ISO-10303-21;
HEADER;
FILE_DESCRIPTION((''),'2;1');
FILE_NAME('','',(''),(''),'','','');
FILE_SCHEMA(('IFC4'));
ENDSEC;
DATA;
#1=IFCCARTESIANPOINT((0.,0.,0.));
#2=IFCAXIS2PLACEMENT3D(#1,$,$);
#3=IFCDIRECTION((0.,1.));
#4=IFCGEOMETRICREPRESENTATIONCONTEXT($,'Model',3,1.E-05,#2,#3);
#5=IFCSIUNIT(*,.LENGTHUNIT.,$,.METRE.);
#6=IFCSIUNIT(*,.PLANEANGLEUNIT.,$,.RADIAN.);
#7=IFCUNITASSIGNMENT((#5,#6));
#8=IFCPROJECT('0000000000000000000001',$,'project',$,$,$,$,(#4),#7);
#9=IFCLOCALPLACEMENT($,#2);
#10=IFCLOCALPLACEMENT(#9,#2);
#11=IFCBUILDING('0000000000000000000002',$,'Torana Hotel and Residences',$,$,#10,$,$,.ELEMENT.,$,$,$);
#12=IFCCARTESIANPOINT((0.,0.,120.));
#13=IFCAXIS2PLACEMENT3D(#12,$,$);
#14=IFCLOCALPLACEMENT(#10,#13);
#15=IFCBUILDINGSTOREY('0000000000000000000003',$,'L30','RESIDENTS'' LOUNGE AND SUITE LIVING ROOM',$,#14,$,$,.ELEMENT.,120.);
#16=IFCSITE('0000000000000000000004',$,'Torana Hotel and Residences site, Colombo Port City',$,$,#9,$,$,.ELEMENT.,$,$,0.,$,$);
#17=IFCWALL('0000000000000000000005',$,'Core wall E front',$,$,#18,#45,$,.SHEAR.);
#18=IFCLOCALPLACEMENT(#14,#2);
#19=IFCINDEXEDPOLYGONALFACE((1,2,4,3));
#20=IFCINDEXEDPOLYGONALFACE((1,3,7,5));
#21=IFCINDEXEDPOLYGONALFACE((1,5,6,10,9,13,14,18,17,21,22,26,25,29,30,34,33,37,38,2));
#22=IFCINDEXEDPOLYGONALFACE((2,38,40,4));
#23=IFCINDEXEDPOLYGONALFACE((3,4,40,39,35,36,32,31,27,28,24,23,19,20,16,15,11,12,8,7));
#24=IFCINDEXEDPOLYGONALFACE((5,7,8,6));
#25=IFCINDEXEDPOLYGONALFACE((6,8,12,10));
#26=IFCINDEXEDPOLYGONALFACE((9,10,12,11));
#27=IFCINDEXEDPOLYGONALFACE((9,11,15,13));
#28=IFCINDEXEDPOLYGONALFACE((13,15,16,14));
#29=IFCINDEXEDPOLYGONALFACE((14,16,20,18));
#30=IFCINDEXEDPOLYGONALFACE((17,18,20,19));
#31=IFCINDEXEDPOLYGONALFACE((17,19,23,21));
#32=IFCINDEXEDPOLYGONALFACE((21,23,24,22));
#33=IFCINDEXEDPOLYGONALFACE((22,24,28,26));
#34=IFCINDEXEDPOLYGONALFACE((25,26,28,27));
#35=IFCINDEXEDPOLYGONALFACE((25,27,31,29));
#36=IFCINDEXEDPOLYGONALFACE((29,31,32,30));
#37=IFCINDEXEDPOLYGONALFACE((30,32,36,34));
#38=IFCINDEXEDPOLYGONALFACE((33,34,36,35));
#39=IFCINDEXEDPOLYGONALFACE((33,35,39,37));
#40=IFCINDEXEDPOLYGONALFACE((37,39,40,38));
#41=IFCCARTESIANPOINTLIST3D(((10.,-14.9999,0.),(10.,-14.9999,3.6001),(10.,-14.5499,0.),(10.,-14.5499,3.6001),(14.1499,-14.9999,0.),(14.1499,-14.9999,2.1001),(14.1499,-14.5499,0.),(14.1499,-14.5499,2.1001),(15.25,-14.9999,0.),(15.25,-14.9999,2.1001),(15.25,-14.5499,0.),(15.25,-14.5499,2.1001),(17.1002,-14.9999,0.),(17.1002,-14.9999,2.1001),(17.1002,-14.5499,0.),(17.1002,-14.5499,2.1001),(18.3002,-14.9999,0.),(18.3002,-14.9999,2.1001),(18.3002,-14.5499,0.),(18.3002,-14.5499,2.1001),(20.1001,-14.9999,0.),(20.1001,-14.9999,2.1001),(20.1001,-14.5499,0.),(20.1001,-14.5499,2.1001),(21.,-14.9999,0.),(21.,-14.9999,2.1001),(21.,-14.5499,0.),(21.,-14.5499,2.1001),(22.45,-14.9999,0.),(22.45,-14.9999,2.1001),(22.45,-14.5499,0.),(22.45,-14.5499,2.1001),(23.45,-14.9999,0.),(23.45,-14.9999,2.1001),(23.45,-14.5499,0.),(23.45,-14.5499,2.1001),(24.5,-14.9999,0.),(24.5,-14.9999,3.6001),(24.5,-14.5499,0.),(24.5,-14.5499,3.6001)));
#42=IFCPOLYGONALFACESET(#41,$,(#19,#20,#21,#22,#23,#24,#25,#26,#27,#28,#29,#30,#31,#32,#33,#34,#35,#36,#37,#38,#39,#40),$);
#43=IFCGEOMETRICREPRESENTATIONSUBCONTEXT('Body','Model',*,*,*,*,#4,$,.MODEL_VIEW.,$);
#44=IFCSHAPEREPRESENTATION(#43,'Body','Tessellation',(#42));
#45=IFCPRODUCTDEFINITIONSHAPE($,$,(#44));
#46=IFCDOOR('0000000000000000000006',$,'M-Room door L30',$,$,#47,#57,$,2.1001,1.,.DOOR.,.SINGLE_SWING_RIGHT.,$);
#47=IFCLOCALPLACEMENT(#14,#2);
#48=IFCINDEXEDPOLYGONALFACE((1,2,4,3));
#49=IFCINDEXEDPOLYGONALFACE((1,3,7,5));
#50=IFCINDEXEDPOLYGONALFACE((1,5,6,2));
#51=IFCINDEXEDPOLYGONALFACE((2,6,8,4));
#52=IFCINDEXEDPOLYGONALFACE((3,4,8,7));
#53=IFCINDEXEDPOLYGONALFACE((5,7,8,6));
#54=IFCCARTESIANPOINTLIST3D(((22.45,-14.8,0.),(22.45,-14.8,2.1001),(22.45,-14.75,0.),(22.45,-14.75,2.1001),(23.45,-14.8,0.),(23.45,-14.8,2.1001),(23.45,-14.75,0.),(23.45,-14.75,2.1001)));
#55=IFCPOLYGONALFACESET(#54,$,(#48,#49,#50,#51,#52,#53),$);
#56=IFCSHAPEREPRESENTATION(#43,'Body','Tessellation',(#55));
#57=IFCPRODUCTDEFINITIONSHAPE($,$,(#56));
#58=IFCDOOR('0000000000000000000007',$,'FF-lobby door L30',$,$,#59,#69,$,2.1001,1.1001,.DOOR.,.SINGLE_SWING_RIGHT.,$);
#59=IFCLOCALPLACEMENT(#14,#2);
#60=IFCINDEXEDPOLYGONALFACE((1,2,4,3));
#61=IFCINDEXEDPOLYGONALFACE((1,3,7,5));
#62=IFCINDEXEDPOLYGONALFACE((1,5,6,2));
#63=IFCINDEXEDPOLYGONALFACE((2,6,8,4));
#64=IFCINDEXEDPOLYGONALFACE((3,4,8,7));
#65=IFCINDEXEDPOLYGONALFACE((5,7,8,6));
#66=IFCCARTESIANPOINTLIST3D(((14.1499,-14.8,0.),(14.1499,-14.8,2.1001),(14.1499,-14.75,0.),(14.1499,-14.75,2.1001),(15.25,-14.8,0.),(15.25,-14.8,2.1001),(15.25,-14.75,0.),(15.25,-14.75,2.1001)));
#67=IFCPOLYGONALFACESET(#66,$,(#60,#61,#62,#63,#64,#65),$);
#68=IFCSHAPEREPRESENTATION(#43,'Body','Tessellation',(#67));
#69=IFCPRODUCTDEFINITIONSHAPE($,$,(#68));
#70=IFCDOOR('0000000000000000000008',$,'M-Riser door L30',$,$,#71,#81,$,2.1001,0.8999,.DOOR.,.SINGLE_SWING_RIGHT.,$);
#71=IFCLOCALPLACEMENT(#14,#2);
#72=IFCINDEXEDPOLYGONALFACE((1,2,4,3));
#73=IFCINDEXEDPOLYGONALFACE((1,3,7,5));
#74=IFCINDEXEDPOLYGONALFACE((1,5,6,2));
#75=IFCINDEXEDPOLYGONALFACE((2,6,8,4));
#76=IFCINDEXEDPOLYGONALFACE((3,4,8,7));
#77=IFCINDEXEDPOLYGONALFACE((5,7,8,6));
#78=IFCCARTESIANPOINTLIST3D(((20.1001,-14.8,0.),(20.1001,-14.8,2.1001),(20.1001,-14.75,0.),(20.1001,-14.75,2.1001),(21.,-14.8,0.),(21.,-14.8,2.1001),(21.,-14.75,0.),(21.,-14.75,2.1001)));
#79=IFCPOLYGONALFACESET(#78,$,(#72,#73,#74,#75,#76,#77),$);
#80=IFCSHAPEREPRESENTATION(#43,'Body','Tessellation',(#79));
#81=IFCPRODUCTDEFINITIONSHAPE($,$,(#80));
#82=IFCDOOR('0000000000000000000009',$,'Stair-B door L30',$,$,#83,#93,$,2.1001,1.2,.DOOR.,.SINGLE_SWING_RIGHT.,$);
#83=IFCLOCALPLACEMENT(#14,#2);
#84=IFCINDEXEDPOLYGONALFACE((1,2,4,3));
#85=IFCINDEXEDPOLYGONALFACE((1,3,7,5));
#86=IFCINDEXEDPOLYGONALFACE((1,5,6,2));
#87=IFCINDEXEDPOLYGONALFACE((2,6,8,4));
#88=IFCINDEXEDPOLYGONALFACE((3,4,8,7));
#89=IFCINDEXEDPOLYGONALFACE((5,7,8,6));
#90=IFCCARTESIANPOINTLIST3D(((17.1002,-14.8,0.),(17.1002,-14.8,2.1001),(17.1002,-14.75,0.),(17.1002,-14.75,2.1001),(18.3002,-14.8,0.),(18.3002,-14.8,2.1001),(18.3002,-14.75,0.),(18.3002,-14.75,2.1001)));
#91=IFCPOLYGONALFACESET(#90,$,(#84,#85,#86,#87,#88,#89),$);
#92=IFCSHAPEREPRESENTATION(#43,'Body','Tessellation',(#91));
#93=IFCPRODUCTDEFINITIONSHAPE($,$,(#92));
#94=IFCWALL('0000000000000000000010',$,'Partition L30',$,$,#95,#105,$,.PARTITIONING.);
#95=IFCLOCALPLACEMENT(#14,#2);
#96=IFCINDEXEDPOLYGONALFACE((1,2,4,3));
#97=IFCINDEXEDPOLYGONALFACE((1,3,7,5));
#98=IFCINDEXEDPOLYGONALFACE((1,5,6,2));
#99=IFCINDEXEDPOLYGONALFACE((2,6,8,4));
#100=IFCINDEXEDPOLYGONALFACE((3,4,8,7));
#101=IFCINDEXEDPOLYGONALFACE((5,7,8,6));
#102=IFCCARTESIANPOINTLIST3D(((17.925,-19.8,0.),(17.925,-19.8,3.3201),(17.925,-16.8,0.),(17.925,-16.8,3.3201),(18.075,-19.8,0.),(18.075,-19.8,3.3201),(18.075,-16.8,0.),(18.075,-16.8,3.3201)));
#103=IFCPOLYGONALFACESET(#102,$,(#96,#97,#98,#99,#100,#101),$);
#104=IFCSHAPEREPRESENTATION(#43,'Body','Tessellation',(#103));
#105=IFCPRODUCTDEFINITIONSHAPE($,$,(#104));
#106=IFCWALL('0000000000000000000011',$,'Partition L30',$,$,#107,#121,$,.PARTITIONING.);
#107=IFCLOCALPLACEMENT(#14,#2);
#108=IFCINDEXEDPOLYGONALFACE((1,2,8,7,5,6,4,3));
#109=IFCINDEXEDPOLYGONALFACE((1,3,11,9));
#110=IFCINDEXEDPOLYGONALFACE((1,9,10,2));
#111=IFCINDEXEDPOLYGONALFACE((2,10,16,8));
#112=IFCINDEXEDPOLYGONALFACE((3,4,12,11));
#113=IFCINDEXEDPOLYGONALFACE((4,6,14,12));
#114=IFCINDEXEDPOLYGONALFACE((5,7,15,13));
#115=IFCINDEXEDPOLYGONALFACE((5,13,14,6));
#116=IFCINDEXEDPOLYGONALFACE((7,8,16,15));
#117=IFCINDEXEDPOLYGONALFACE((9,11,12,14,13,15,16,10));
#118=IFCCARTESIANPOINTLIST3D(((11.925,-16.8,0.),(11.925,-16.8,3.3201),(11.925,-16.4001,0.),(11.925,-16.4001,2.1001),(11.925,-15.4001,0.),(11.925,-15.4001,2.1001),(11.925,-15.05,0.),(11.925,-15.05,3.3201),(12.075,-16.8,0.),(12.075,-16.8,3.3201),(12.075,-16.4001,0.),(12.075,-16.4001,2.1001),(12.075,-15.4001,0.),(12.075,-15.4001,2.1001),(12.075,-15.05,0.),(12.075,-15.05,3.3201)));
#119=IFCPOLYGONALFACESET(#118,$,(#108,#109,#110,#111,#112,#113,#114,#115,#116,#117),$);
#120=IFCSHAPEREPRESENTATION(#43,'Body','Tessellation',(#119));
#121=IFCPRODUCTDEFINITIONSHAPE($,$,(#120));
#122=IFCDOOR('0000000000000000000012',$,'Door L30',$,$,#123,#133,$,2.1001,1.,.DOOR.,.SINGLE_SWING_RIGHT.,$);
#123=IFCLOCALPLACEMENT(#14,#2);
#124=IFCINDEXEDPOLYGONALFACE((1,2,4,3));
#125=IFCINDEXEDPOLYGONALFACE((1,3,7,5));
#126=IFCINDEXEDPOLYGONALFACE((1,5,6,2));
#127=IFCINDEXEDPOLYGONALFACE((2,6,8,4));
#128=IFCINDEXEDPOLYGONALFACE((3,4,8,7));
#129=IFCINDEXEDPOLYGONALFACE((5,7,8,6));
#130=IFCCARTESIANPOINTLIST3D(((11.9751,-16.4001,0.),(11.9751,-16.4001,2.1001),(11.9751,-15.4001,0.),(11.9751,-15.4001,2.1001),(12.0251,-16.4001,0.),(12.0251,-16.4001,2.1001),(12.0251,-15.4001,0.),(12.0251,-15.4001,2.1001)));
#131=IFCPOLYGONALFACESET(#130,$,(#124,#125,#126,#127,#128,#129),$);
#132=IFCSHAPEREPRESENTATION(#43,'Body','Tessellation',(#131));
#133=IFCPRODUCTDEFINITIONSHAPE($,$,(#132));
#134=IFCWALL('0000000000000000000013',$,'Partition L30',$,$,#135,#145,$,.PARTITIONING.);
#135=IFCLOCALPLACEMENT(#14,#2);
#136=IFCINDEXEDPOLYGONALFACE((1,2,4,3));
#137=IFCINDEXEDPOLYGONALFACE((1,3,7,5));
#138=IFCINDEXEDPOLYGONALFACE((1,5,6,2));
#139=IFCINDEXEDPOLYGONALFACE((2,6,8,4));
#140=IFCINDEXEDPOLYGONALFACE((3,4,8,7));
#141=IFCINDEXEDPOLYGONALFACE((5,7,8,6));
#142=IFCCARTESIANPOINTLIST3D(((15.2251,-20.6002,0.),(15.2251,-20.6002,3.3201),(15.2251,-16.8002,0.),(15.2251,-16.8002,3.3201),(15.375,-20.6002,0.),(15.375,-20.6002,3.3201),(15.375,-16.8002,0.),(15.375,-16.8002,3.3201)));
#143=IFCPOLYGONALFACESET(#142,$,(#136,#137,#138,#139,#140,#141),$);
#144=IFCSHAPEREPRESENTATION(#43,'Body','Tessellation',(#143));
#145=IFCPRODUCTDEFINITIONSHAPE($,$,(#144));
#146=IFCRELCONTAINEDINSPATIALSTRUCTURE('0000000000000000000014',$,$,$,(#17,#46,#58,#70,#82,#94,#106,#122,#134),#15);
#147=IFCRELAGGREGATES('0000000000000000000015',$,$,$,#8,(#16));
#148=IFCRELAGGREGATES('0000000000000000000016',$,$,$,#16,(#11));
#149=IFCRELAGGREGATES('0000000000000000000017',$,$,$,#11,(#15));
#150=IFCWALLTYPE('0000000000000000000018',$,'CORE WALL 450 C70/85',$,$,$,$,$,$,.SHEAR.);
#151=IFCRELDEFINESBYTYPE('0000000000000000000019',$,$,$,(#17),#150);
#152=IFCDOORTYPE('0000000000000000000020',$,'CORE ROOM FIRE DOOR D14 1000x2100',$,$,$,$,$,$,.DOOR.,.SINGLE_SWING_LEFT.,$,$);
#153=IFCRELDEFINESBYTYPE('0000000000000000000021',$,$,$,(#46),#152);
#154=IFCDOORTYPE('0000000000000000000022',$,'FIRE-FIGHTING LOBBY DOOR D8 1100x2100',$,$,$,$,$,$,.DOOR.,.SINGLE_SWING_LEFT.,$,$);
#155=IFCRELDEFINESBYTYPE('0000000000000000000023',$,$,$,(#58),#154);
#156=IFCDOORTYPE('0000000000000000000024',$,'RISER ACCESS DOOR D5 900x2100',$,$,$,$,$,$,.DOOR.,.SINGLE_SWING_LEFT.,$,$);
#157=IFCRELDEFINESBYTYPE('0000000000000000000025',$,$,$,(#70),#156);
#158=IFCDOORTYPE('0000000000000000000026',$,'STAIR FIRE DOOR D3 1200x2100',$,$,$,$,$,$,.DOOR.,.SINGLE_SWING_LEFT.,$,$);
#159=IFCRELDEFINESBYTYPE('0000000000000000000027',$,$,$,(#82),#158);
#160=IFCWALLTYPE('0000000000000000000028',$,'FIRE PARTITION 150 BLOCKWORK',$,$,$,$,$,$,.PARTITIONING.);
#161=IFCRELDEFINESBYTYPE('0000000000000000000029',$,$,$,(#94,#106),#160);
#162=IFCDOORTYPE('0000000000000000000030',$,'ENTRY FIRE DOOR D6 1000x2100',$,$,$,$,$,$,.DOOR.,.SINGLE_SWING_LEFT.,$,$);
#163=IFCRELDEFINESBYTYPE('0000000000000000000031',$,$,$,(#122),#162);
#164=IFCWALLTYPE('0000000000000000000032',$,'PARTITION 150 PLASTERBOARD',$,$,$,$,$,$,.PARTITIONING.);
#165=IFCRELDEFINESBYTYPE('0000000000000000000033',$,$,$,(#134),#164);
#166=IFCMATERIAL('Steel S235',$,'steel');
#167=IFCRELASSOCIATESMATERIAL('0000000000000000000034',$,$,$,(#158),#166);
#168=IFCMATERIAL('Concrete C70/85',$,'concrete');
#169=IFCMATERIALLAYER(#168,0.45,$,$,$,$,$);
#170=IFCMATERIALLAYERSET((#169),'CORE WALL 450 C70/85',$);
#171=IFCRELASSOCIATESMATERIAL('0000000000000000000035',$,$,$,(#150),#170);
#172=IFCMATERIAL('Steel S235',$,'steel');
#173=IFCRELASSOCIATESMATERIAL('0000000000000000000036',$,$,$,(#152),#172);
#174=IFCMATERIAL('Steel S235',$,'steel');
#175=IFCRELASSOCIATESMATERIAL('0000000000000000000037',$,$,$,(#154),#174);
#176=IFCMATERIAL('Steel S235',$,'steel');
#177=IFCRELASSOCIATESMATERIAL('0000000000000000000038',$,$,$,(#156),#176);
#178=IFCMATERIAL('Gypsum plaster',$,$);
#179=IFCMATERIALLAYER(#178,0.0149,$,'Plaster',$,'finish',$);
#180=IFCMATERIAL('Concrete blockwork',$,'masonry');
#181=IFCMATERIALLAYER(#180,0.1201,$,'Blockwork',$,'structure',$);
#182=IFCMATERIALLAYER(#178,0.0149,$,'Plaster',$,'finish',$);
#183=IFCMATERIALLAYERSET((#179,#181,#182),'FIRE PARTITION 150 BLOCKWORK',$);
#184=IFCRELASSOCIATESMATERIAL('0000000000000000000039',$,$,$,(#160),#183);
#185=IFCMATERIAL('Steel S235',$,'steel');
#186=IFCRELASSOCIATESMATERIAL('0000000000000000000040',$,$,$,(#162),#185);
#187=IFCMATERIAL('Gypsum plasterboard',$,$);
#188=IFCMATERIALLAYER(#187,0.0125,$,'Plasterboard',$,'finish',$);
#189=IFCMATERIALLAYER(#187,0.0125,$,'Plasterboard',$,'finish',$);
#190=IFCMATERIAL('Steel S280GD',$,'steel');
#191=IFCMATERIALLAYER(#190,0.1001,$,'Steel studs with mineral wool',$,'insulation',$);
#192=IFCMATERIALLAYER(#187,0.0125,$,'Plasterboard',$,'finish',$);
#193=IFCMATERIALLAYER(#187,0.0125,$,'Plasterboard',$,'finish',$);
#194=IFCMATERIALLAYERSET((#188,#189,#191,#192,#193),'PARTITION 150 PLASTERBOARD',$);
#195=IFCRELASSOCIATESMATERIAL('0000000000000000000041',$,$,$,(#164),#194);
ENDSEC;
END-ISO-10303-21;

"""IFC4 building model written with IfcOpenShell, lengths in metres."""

from ifc_helpers import new_model, si_unit, direction, frame, frame_2d, origin, place, context, subcontext, project, spatial, rectangle, extrude, material, layer, layer_set, type_object, element, fill, save


model = new_model("IFC4")

# Units and contexts
model_context = context("Model", 3, precision=1e-05, world=origin(), true_north=direction((0.0, 1.0)))
body_context = subcontext(model_context, "Body", "Model", "MODEL_VIEW")
ifc_project = project(units=[si_unit("LENGTHUNIT", "METRE"), si_unit("PLANEANGLEUNIT", "RADIAN")], contexts=[model_context])

# Site, building, storey
site_placement = place(None, origin())
site = spatial("IfcSite", under=ifc_project, at=site_placement, Name="Torana Hotel and Residences site, Colombo Port City", CompositionType="ELEMENT", RefElevation=0.0)
building_placement = place(site_placement, origin())
building = spatial("IfcBuilding", under=site, at=building_placement, Name="Torana Hotel and Residences", CompositionType="ELEMENT")
storey_placement = place(building_placement, frame((0.0, 0.0, 120.0)))
storey = spatial("IfcBuildingStorey", under=building, at=storey_placement, Name="L30", Description="RESIDENTS' LOUNGE AND SUITE LIVING ROOM", CompositionType="ELEMENT", Elevation=120.0)

# Shared definitions
ifc_material_1 = material(Name="Steel S235", Category="steel")
door_type_1 = type_object("IfcDoorType", Name="STAIR FIRE DOOR D3 1200x2100", OperationType="SINGLE_SWING_LEFT", PredefinedType="DOOR", material=ifc_material_1)

# Wall, openings, doors
ifc_material_2 = material(Name="Concrete C70/85", Category="concrete")
ifc_layer_1 = layer(ifc_material_2, 0.45)
ifc_layer_set_1 = layer_set([ifc_layer_1], Name="CORE WALL 450 C70/85")
wall_type_1 = type_object("IfcWallType", Name="CORE WALL 450 C70/85", PredefinedType="SHEAR", material=ifc_layer_set_1)
wall_1_placement = place(storey_placement, frame((10.0, -14.7749, 0.0), z_axis=(0.0, 0.0, 1.0), x_axis=(1.0, 0.0, 0.0)))
wall_1 = element("IfcWall", 1, at=wall_1_placement, inside=storey, type_object=wall_type_1, Name="Core wall E front", PredefinedType="SHEAR", context=body_context, shape_type="SweptSolid", body=[
    extrude(rectangle(XDim=14.5, YDim=0.45, at=frame_2d((7.25, 0.0))), origin(), (0.0, 0.0, 1.0), 3.6001),
])
opening_1_placement = place(wall_1_placement, frame((7.1001, 0.0, 0.0)))
opening_1 = element("IfcOpeningElement", 2, at=opening_1_placement, cuts=wall_1, PredefinedType="OPENING", context=body_context, shape_type="SweptSolid", body=[
    extrude(rectangle(XDim=1.2, YDim=2.1001, at=frame_2d((0.6001, 1.05))), frame((0.0, 0.2349, 0.0), z_axis=(0.0, -1.0, 0.0), x_axis=(1.0, 0.0, 0.0)), (0.0, 0.0, 1.0), 0.47),
])
opening_2_placement = place(wall_1_placement, frame((4.1499, 0.0, 0.0)))
opening_2 = element("IfcOpeningElement", 3, at=opening_2_placement, cuts=wall_1, PredefinedType="OPENING", context=body_context, shape_type="SweptSolid", body=[
    extrude(rectangle(XDim=1.1001, YDim=2.1001, at=frame_2d((0.55, 1.05))), frame((0.0, 0.2349, 0.0), z_axis=(0.0, -1.0, 0.0), x_axis=(1.0, 0.0, 0.0)), (0.0, 0.0, 1.0), 0.47),
])
opening_3_placement = place(wall_1_placement, frame((10.1001, 0.0, 0.0)))
opening_3 = element("IfcOpeningElement", 4, at=opening_3_placement, cuts=wall_1, PredefinedType="OPENING", context=body_context, shape_type="SweptSolid", body=[
    extrude(rectangle(XDim=0.8999, YDim=2.1001, at=frame_2d((0.45, 1.05))), frame((0.0, 0.2349, 0.0), z_axis=(0.0, -1.0, 0.0), x_axis=(1.0, 0.0, 0.0)), (0.0, 0.0, 1.0), 0.47),
])
opening_4_placement = place(wall_1_placement, frame((12.45, 0.0, 0.0)))
opening_4 = element("IfcOpeningElement", 5, at=opening_4_placement, cuts=wall_1, PredefinedType="OPENING", context=body_context, shape_type="SweptSolid", body=[
    extrude(rectangle(XDim=1.0, YDim=2.1001, at=frame_2d((0.5, 1.05))), frame((0.0, 0.2349, 0.0), z_axis=(0.0, -1.0, 0.0), x_axis=(1.0, 0.0, 0.0)), (0.0, 0.0, 1.0), 0.47),
])
ifc_material_3 = material(Name="Steel S235", Category="steel")
door_type_2 = type_object("IfcDoorType", Name="CORE ROOM FIRE DOOR D14 1000x2100", OperationType="SINGLE_SWING_LEFT", PredefinedType="DOOR", material=ifc_material_3)
door_1_placement = place(opening_4_placement, origin())
door_1 = element("IfcDoor", 6, at=door_1_placement, inside=storey, type_object=door_type_2, Name="M-Room door L30", OperationType="SINGLE_SWING_RIGHT", OverallHeight=2.1001, OverallWidth=1.0, PredefinedType="DOOR", context=body_context, shape_type="SweptSolid", body=[
    extrude(rectangle(XDim=1.0, YDim=2.1001, at=frame_2d((0.5, 1.05))), frame((0.0, 0.0249, 0.0), z_axis=(0.0, -1.0, 0.0), x_axis=(1.0, 0.0, 0.0)), (0.0, 0.0, 1.0), 0.05),
])
fill(opening_4, door_1)
ifc_material_4 = material(Name="Steel S235", Category="steel")
door_type_3 = type_object("IfcDoorType", Name="FIRE-FIGHTING LOBBY DOOR D8 1100x2100", OperationType="SINGLE_SWING_LEFT", PredefinedType="DOOR", material=ifc_material_4)
door_2_placement = place(opening_2_placement, origin())
door_2 = element("IfcDoor", 7, at=door_2_placement, inside=storey, type_object=door_type_3, Name="FF-lobby door L30", OperationType="SINGLE_SWING_RIGHT", OverallHeight=2.1001, OverallWidth=1.1001, PredefinedType="DOOR", context=body_context, shape_type="SweptSolid", body=[
    extrude(rectangle(XDim=1.1001, YDim=2.1001, at=frame_2d((0.55, 1.05))), frame((0.0, 0.0249, 0.0), z_axis=(0.0, -1.0, 0.0), x_axis=(1.0, 0.0, 0.0)), (0.0, 0.0, 1.0), 0.05),
])
fill(opening_2, door_2)
ifc_material_5 = material(Name="Steel S235", Category="steel")
door_type_4 = type_object("IfcDoorType", Name="RISER ACCESS DOOR D5 900x2100", OperationType="SINGLE_SWING_LEFT", PredefinedType="DOOR", material=ifc_material_5)
door_3_placement = place(opening_3_placement, origin())
door_3 = element("IfcDoor", 8, at=door_3_placement, inside=storey, type_object=door_type_4, Name="M-Riser door L30", OperationType="SINGLE_SWING_RIGHT", OverallHeight=2.1001, OverallWidth=0.8999, PredefinedType="DOOR", context=body_context, shape_type="SweptSolid", body=[
    extrude(rectangle(XDim=0.8999, YDim=2.1001, at=frame_2d((0.45, 1.05))), frame((0.0, 0.0249, 0.0), z_axis=(0.0, -1.0, 0.0), x_axis=(1.0, 0.0, 0.0)), (0.0, 0.0, 1.0), 0.05),
])
fill(opening_3, door_3)
door_4_placement = place(opening_1_placement, origin())
door_4 = element("IfcDoor", 9, at=door_4_placement, inside=storey, type_object=door_type_1, Name="Stair-B door L30", OperationType="SINGLE_SWING_RIGHT", OverallHeight=2.1001, OverallWidth=1.2, PredefinedType="DOOR", context=body_context, shape_type="SweptSolid", body=[
    extrude(rectangle(XDim=1.2, YDim=2.1001, at=frame_2d((0.6001, 1.05))), frame((0.0, 0.0249, 0.0), z_axis=(0.0, -1.0, 0.0), x_axis=(1.0, 0.0, 0.0)), (0.0, 0.0, 1.0), 0.05),
])
fill(opening_1, door_4)

# Wall
ifc_material_6 = material(Name="Gypsum plaster")
ifc_layer_2 = layer(ifc_material_6, 0.0149, Name="Plaster", Category="finish")
ifc_material_7 = material(Name="Concrete blockwork", Category="masonry")
ifc_layer_3 = layer(ifc_material_7, 0.1201, Name="Blockwork", Category="structure")
ifc_layer_4 = layer(ifc_material_6, 0.0149, Name="Plaster", Category="finish")
ifc_layer_set_2 = layer_set([ifc_layer_2, ifc_layer_3, ifc_layer_4], Name="FIRE PARTITION 150 BLOCKWORK")
wall_type_2 = type_object("IfcWallType", Name="FIRE PARTITION 150 BLOCKWORK", PredefinedType="PARTITIONING", material=ifc_layer_set_2)
wall_2_placement = place(storey_placement, frame((18.0, -19.8, 0.0), z_axis=(0.0, 0.0, 1.0), x_axis=(0.0, 1.0, 0.0)))
element("IfcWall", 10, at=wall_2_placement, inside=storey, type_object=wall_type_2, Name="Partition L30", PredefinedType="PARTITIONING", context=body_context, shape_type="SweptSolid", body=[
    extrude(rectangle(XDim=3.0, YDim=0.1499, at=frame_2d((1.5, 0.0))), origin(), (0.0, 0.0, 1.0), 3.3201),
])

# Wall, opening, door
wall_3_placement = place(storey_placement, frame((12.0, -16.8, 0.0), z_axis=(0.0, 0.0, 1.0), x_axis=(0.0, 1.0, 0.0)))
wall_3 = element("IfcWall", 11, at=wall_3_placement, inside=storey, type_object=wall_type_2, Name="Partition L30", PredefinedType="PARTITIONING", context=body_context, shape_type="SweptSolid", body=[
    extrude(rectangle(XDim=1.75, YDim=0.1499, at=frame_2d((0.875, 0.0))), origin(), (0.0, 0.0, 1.0), 3.3201),
])
opening_5_placement = place(wall_3_placement, frame((0.3999, 0.0, 0.0)))
opening_5 = element("IfcOpeningElement", 12, at=opening_5_placement, cuts=wall_3, PredefinedType="OPENING", context=body_context, shape_type="SweptSolid", body=[
    extrude(rectangle(XDim=1.0, YDim=2.1001, at=frame_2d((0.5, 1.05))), frame((0.0, 0.085, 0.0), z_axis=(0.0, -1.0, 0.0), x_axis=(1.0, 0.0, 0.0)), (0.0, 0.0, 1.0), 0.1699),
])
ifc_material_8 = material(Name="Steel S235", Category="steel")
door_type_5 = type_object("IfcDoorType", Name="ENTRY FIRE DOOR D6 1000x2100", OperationType="SINGLE_SWING_LEFT", PredefinedType="DOOR", material=ifc_material_8)
door_5_placement = place(opening_5_placement, origin())
door_5 = element("IfcDoor", 13, at=door_5_placement, inside=storey, type_object=door_type_5, Name="Door L30", OperationType="SINGLE_SWING_RIGHT", OverallHeight=2.1001, OverallWidth=1.0, PredefinedType="DOOR", context=body_context, shape_type="SweptSolid", body=[
    extrude(rectangle(XDim=1.0, YDim=2.1001, at=frame_2d((0.5, 1.05))), frame((0.0, 0.0249, 0.0), z_axis=(0.0, -1.0, 0.0), x_axis=(1.0, 0.0, 0.0)), (0.0, 0.0, 1.0), 0.05),
])
fill(opening_5, door_5)

# Wall
ifc_material_9 = material(Name="Gypsum plasterboard")
ifc_layer_5 = layer(ifc_material_9, 0.0125, Name="Plasterboard", Category="finish")
ifc_layer_6 = layer(ifc_material_9, 0.0125, Name="Plasterboard", Category="finish")
ifc_material_10 = material(Name="Steel S280GD", Category="steel")
ifc_layer_7 = layer(ifc_material_10, 0.1001, Name="Steel studs with mineral wool", Category="insulation")
ifc_layer_8 = layer(ifc_material_9, 0.0125, Name="Plasterboard", Category="finish")
ifc_layer_9 = layer(ifc_material_9, 0.0125, Name="Plasterboard", Category="finish")
ifc_layer_set_3 = layer_set([ifc_layer_5, ifc_layer_6, ifc_layer_7, ifc_layer_8, ifc_layer_9], Name="PARTITION 150 PLASTERBOARD")
wall_type_3 = type_object("IfcWallType", Name="PARTITION 150 PLASTERBOARD", PredefinedType="PARTITIONING", material=ifc_layer_set_3)
wall_4_placement = place(storey_placement, frame((15.3, -20.6001, 0.0), z_axis=(0.0, 0.0, 1.0), x_axis=(0.0, 1.0, 0.0)))
element("IfcWall", 14, at=wall_4_placement, inside=storey, type_object=wall_type_3, Name="Partition L30", PredefinedType="PARTITIONING", context=body_context, shape_type="SweptSolid", body=[
    extrude(rectangle(XDim=3.8, YDim=0.1499, at=frame_2d((1.8999, 0.0))), origin(), (0.0, 0.0, 1.0), 3.3201),
])

save(model, "model.ifc")
